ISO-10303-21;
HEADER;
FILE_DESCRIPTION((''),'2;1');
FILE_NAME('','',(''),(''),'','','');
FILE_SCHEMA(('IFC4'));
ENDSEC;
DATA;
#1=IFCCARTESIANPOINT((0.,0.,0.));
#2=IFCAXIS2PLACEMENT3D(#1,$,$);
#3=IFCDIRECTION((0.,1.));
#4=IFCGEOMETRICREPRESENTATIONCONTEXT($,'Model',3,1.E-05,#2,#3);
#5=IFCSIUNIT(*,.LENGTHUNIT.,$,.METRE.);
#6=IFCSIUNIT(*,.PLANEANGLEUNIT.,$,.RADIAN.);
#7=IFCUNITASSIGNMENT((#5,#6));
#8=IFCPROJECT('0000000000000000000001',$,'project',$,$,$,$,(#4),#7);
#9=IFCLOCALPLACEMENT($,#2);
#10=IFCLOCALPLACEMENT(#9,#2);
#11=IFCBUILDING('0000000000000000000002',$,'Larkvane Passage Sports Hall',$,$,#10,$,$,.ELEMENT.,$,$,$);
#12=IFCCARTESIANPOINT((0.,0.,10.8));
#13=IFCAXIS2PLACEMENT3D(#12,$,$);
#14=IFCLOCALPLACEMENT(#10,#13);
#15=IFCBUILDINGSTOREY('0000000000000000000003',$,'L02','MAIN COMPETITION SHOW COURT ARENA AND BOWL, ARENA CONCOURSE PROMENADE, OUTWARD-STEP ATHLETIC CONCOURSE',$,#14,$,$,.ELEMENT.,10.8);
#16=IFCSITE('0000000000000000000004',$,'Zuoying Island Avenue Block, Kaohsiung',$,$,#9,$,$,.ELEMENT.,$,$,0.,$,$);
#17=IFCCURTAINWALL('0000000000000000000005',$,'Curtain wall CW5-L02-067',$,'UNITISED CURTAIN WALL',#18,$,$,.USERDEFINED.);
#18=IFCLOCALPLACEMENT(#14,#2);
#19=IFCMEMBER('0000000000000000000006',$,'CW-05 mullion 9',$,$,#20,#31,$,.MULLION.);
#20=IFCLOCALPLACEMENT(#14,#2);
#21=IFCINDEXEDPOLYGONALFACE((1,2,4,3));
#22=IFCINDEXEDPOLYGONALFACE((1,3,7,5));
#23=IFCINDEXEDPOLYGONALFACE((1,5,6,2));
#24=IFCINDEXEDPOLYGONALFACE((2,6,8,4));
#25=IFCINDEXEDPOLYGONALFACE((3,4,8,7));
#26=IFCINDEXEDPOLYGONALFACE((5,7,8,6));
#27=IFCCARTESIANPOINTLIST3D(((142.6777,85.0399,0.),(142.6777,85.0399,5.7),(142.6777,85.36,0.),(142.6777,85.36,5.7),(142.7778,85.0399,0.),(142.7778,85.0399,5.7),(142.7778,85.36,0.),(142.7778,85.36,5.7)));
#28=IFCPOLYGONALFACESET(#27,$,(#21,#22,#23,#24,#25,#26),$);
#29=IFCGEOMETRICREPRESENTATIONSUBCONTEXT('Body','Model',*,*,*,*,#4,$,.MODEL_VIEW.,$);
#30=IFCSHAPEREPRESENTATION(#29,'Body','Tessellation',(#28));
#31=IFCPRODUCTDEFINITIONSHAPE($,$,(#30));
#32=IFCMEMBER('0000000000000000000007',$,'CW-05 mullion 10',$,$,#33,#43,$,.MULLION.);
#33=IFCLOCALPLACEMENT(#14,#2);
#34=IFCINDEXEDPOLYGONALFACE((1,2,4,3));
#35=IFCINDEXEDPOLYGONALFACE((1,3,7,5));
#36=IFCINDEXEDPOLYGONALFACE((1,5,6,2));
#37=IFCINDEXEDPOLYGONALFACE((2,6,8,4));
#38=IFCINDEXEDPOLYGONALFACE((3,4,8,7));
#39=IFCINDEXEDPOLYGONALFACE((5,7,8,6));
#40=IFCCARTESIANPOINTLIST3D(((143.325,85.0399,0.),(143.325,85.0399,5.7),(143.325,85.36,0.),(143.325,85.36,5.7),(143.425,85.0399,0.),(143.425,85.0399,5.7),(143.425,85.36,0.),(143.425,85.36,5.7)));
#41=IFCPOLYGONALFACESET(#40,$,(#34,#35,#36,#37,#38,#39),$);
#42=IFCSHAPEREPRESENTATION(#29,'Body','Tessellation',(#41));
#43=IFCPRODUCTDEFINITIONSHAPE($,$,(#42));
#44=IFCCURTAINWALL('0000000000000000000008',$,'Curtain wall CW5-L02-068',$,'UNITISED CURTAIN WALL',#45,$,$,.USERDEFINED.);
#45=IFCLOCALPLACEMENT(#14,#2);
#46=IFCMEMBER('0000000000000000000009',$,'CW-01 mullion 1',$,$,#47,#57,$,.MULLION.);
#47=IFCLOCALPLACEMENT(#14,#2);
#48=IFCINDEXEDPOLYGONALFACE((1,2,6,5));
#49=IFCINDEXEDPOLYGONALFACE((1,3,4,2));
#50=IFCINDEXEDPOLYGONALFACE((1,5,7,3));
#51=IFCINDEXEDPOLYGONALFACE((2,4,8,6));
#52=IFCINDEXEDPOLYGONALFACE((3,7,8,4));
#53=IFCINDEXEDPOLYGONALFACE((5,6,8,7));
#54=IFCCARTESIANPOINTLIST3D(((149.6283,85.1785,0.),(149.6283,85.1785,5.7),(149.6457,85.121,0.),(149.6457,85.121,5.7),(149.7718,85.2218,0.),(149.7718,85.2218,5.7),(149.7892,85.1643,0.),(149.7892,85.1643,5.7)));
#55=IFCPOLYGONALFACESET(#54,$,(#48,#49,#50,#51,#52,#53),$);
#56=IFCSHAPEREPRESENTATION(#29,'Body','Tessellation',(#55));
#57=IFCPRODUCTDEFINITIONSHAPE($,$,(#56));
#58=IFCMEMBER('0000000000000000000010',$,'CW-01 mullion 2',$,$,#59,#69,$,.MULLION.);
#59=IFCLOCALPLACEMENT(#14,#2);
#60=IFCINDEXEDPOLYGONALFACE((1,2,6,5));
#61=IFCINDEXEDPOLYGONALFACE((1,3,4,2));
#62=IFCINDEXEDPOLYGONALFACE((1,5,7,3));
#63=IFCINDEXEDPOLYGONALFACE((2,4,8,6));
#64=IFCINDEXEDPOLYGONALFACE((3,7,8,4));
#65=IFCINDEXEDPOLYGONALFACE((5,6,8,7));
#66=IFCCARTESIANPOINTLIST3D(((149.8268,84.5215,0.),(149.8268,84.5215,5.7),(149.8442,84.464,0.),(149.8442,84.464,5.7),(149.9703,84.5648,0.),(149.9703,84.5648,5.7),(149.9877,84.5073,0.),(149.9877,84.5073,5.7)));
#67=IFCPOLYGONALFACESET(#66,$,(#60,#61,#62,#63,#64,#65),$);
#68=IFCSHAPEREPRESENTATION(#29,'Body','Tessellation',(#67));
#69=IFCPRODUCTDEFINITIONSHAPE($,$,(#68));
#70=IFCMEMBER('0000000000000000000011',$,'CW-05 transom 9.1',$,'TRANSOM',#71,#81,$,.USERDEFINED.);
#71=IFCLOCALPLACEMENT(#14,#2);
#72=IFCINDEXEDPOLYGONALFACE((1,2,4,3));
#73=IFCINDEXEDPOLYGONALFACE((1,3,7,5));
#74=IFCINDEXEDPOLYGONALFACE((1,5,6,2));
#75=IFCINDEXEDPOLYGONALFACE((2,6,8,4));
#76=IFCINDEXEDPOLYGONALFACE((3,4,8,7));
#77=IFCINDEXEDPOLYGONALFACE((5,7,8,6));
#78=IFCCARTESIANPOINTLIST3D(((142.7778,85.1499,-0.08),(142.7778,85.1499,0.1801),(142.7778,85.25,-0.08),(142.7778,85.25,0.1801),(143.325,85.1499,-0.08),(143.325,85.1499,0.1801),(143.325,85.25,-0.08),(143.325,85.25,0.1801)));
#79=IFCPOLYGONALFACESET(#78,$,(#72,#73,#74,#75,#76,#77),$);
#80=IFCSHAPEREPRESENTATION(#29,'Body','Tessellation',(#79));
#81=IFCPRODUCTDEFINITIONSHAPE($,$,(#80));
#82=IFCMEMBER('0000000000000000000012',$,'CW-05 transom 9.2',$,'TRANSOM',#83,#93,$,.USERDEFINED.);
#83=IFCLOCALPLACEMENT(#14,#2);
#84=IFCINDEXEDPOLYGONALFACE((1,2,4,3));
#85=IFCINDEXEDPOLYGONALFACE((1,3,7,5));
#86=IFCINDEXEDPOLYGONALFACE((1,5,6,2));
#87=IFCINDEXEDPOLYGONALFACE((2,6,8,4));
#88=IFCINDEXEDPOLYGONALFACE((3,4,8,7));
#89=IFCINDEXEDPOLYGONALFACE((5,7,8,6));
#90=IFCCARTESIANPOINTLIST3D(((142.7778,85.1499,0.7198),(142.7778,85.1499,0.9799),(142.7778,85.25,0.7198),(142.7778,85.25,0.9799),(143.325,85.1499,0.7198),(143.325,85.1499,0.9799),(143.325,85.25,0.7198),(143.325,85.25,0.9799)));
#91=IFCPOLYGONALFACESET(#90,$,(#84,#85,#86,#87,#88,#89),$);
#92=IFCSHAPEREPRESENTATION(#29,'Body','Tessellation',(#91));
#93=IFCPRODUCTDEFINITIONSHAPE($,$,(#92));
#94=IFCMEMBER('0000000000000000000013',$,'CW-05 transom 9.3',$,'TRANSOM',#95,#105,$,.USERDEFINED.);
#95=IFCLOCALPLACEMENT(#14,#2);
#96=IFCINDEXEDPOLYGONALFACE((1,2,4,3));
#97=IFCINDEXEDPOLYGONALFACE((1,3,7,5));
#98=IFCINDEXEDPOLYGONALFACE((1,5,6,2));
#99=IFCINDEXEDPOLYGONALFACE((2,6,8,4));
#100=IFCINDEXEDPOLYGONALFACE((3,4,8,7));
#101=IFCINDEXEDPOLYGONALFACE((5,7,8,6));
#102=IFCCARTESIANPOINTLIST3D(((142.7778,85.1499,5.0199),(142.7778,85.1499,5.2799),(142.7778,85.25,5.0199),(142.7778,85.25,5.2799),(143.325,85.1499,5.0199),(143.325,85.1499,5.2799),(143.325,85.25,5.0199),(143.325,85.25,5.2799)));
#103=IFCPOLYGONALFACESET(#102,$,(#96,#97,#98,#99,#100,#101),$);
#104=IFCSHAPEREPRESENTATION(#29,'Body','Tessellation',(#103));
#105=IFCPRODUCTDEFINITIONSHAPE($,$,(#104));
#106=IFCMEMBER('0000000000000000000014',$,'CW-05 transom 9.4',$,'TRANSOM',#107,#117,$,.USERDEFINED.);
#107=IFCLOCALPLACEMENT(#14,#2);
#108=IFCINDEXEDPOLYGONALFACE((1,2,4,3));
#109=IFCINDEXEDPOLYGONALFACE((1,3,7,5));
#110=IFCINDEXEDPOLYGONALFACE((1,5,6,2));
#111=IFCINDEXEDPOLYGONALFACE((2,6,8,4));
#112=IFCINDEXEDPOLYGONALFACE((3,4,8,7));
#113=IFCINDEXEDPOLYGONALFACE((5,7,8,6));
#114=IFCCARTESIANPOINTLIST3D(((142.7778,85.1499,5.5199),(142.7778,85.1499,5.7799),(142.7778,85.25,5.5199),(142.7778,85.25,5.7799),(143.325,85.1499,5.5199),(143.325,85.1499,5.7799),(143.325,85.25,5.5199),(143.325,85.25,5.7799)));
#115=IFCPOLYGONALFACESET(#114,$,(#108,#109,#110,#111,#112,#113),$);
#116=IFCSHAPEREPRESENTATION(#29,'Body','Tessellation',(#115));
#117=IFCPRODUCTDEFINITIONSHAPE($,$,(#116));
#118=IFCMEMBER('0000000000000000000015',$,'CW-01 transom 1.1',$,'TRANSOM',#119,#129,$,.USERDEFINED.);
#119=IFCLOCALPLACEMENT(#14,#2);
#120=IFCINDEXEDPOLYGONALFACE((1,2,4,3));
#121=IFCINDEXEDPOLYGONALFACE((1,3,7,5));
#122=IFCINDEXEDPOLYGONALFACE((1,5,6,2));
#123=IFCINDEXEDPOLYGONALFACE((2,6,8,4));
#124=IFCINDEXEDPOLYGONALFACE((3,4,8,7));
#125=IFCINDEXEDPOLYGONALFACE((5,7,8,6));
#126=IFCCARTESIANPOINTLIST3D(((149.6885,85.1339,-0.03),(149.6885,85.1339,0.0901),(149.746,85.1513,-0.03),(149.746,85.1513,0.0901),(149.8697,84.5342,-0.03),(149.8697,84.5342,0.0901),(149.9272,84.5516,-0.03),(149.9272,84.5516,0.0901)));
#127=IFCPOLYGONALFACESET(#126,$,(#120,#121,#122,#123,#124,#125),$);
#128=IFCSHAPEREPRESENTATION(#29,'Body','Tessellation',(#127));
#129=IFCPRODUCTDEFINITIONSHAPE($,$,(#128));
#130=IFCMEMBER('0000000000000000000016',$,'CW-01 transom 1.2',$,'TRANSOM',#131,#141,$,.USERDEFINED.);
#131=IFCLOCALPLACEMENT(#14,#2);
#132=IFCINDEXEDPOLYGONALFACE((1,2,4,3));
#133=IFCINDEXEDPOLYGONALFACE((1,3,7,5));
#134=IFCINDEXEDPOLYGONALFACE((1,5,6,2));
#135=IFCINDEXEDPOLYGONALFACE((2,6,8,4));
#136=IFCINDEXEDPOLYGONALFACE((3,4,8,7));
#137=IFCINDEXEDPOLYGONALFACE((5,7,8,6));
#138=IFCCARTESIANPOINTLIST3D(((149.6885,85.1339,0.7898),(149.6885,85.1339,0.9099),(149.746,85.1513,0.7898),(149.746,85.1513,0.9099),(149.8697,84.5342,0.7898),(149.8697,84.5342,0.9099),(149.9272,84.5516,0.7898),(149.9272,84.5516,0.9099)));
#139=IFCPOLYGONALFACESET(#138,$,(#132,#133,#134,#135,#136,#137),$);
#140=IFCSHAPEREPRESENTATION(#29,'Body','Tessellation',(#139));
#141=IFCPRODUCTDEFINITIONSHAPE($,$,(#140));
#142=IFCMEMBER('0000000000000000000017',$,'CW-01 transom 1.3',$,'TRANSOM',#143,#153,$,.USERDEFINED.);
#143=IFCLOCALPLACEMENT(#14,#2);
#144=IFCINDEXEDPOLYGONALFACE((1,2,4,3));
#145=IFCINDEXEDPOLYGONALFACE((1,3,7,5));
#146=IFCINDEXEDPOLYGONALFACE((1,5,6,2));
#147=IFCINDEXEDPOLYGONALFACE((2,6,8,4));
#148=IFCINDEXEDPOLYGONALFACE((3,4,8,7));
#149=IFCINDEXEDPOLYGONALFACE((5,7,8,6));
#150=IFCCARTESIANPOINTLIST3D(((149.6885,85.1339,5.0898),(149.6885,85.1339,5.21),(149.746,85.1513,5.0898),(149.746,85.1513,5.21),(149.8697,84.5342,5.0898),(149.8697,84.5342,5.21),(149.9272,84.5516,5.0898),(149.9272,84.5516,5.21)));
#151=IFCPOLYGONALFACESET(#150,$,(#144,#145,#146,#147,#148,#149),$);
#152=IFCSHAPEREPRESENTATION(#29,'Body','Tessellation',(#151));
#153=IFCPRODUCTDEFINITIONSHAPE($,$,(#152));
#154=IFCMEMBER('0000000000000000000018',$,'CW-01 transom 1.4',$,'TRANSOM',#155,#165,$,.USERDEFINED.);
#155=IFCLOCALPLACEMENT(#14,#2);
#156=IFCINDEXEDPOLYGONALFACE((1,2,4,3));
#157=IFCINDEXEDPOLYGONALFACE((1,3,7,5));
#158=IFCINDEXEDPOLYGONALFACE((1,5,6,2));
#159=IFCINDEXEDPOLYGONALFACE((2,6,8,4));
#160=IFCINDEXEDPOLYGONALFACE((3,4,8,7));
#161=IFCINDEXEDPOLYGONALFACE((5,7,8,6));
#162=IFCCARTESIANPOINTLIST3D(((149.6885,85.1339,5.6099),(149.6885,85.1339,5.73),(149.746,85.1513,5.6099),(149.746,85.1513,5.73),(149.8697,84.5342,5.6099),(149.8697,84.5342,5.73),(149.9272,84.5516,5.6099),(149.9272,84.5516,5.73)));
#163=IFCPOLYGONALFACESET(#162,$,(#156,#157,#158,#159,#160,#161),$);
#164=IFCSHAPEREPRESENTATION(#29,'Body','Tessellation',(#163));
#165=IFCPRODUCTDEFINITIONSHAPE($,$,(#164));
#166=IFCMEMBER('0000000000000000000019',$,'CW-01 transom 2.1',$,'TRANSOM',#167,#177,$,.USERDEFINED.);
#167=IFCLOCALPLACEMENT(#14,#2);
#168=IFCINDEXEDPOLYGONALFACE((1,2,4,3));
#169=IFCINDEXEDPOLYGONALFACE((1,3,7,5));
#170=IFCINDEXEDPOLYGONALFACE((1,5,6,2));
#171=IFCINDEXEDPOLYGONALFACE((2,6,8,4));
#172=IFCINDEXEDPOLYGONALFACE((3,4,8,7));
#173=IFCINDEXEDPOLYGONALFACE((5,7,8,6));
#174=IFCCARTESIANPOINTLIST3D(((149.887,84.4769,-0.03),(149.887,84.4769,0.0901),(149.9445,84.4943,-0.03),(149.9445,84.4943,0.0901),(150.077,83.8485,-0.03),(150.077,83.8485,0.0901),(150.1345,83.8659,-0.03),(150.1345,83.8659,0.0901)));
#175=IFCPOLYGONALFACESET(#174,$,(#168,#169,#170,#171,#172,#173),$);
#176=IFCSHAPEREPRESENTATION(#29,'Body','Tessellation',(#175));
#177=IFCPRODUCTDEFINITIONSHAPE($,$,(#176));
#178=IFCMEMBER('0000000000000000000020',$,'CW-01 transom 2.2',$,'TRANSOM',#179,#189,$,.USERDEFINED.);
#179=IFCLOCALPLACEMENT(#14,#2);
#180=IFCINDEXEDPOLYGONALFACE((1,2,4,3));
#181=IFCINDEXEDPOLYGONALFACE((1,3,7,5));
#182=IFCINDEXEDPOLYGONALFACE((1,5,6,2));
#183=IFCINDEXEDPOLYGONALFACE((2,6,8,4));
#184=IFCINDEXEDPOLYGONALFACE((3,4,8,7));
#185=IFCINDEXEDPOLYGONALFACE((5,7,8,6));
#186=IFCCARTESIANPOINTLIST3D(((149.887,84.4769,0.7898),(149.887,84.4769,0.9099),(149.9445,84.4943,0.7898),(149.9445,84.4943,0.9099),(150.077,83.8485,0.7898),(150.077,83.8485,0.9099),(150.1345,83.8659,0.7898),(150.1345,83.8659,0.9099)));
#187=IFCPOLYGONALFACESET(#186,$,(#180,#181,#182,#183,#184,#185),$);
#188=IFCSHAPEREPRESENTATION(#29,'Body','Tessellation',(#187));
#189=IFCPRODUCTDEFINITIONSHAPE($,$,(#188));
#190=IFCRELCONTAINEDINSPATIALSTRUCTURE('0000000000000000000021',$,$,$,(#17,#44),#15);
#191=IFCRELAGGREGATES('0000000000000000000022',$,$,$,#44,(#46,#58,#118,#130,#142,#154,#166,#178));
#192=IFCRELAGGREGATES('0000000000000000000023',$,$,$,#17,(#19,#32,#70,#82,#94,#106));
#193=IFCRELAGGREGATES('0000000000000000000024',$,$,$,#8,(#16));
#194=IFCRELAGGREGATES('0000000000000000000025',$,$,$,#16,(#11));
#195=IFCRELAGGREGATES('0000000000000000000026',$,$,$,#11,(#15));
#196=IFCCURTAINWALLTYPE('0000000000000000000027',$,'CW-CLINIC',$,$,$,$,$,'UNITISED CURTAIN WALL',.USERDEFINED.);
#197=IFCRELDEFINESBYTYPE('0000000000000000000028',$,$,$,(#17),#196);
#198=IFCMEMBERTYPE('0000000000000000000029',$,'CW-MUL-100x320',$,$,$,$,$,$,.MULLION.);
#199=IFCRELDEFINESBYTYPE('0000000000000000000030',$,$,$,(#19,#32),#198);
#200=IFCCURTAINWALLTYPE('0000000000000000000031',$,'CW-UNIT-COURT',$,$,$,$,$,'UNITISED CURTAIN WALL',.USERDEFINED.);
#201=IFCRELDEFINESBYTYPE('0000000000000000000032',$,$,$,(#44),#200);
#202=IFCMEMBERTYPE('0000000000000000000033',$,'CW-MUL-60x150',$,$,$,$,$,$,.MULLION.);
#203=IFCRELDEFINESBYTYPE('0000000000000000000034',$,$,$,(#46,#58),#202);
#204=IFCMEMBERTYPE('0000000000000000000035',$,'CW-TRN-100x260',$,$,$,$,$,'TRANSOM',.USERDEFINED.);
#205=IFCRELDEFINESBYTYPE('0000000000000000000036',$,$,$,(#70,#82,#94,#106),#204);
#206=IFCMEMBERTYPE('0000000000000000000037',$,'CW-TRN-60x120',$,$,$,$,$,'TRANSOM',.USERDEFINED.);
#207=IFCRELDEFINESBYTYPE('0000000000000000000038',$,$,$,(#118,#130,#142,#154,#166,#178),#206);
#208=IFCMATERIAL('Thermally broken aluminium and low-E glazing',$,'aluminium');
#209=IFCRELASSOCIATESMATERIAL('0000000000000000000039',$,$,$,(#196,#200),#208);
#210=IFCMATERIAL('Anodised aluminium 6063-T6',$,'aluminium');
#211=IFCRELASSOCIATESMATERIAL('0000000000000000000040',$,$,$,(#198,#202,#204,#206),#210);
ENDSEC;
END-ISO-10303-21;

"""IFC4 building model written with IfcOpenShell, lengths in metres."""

from ifc_helpers import new_model, si_unit, direction, frame, origin, origin_2d, place, context, subcontext, project, spatial, rectangle, extrude, material, material_profile, profile_set, type_object, element, aggregate, save


model = new_model("IFC4")

# Units and contexts
model_context = context("Model", 3, precision=1e-05, world=origin(), true_north=direction((0.0, 1.0)))
body_context = subcontext(model_context, "Body", "Model", "MODEL_VIEW")
ifc_project = project(units=[si_unit("LENGTHUNIT", "METRE"), si_unit("PLANEANGLEUNIT", "RADIAN")], contexts=[model_context])

# Site, building, storey
site_placement = place(None, origin())
site = spatial("IfcSite", under=ifc_project, at=site_placement, Name="Zuoying Island Avenue Block, Kaohsiung", CompositionType="ELEMENT", RefElevation=0.0)
building_placement = place(site_placement, origin())
building = spatial("IfcBuilding", under=site, at=building_placement, Name="Larkvane Passage Sports Hall", CompositionType="ELEMENT")
storey_placement = place(building_placement, frame((0.0, 0.0, 10.8)))
storey = spatial("IfcBuildingStorey", under=building, at=storey_placement, Name="L02", Description="MAIN COMPETITION SHOW COURT ARENA AND BOWL, ARENA CONCOURSE PROMENADE, OUTWARD-STEP ATHLETIC CONCOURSE", CompositionType="ELEMENT", Elevation=10.8)

# Curtain walls, members
ifc_material_1 = material(Name="Thermally broken aluminium and low-E glazing", Category="aluminium")
curtain_wall_type_1 = type_object("IfcCurtainWallType", Name="CW-CLINIC", ElementType="UNITISED CURTAIN WALL", PredefinedType="USERDEFINED", material=ifc_material_1)
curtain_wall_1_placement = place(storey_placement, origin())
curtain_wall_1 = element("IfcCurtainWall", 1, at=curtain_wall_1_placement, inside=storey, type_object=curtain_wall_type_1, Name="Curtain wall CW5-L02-067", ObjectType="UNITISED CURTAIN WALL", PredefinedType="USERDEFINED")
ifc_material_2 = material(Name="Anodised aluminium 6063-T6", Category="aluminium")
ifc_material_profile_1 = material_profile(ifc_material_2, rectangle(XDim=0.1001, YDim=0.3201, at=origin_2d()), Name="ALU-MUL-100x320")
ifc_profile_set_1 = profile_set([ifc_material_profile_1], Name="Anodised aluminium 6063-T6")
member_type_1 = type_object("IfcMemberType", Name="CW-MUL-100x320", PredefinedType="MULLION", material=ifc_profile_set_1)
member_1_placement = place(storey_placement, frame((142.7278, 85.2, 0.0), z_axis=(0.0, 0.0, 1.0), x_axis=(1.0, 0.0, 0.0)))
member_1 = element("IfcMember", 2, at=member_1_placement, type_object=member_type_1, Name="CW-05 mullion 9", PredefinedType="MULLION", context=body_context, shape_type="SweptSolid", body=[
    extrude(rectangle(XDim=0.1001, YDim=0.3201, at=origin_2d()), origin(), (0.0, 0.0, 1.0), 5.7),
])
member_2_placement = place(storey_placement, frame((143.375, 85.2, 0.0), z_axis=(0.0, 0.0, 1.0), x_axis=(1.0, 0.0, 0.0)))
member_2 = element("IfcMember", 3, at=member_2_placement, type_object=member_type_1, Name="CW-05 mullion 10", PredefinedType="MULLION", context=body_context, shape_type="SweptSolid", body=[
    extrude(rectangle(XDim=0.1001, YDim=0.3201, at=origin_2d()), origin(), (0.0, 0.0, 1.0), 5.7),
])
curtain_wall_type_2 = type_object("IfcCurtainWallType", Name="CW-UNIT-COURT", ElementType="UNITISED CURTAIN WALL", PredefinedType="USERDEFINED", material=ifc_material_1)
curtain_wall_2_placement = place(storey_placement, origin())
curtain_wall_2 = element("IfcCurtainWall", 4, at=curtain_wall_2_placement, inside=storey, type_object=curtain_wall_type_2, Name="Curtain wall CW5-L02-068", ObjectType="UNITISED CURTAIN WALL", PredefinedType="USERDEFINED")
ifc_material_profile_2 = material_profile(ifc_material_2, rectangle(XDim=0.0601, YDim=0.1499, at=origin_2d()), Name="ALU-MUL-60x150")
ifc_profile_set_2 = profile_set([ifc_material_profile_2], Name="Anodised aluminium 6063-T6")
member_type_2 = type_object("IfcMemberType", Name="CW-MUL-60x150", PredefinedType="MULLION", material=ifc_profile_set_2)
member_3_placement = place(storey_placement, frame((149.7087, 85.1714, 0.0), z_axis=(0.0, 0.0, 1.0), x_axis=(0.289177, -0.957276, 0.0)))
member_3 = element("IfcMember", 5, at=member_3_placement, type_object=member_type_2, Name="CW-01 mullion 1", PredefinedType="MULLION", context=body_context, shape_type="SweptSolid", body=[
    extrude(rectangle(XDim=0.0601, YDim=0.1499, at=origin_2d()), origin(), (0.0, 0.0, 1.0), 5.7),
])
member_4_placement = place(storey_placement, frame((149.9072, 84.5144, 0.0), z_axis=(0.0, 0.0, 1.0), x_axis=(0.289177, -0.957276, 0.0)))
member_4 = element("IfcMember", 6, at=member_4_placement, type_object=member_type_2, Name="CW-01 mullion 2", PredefinedType="MULLION", context=body_context, shape_type="SweptSolid", body=[
    extrude(rectangle(XDim=0.0601, YDim=0.1499, at=origin_2d()), origin(), (0.0, 0.0, 1.0), 5.7),
])

# Members
ifc_material_profile_3 = material_profile(ifc_material_2, rectangle(XDim=0.1001, YDim=0.26, at=origin_2d()), Name="ALU-TRN-100x260")
ifc_profile_set_3 = profile_set([ifc_material_profile_3], Name="Anodised aluminium 6063-T6")
member_type_3 = type_object("IfcMemberType", Name="CW-TRN-100x260", ElementType="TRANSOM", PredefinedType="USERDEFINED", material=ifc_profile_set_3)
member_5_placement = place(storey_placement, frame((142.7778, 85.2, 0.05), z_axis=(1.0, 0.0, 0.0), x_axis=(0.0, 1.0, 0.0)))
member_5 = element("IfcMember", 7, at=member_5_placement, type_object=member_type_3, Name="CW-05 transom 9.1", ObjectType="TRANSOM", PredefinedType="USERDEFINED", context=body_context, shape_type="SweptSolid", body=[
    extrude(rectangle(XDim=0.1001, YDim=0.26, at=origin_2d()), origin(), (0.0, 0.0, 1.0), 0.5471),
])
member_6_placement = place(storey_placement, frame((142.7778, 85.2, 0.8499), z_axis=(1.0, 0.0, 0.0), x_axis=(0.0, 1.0, 0.0)))
member_6 = element("IfcMember", 8, at=member_6_placement, type_object=member_type_3, Name="CW-05 transom 9.2", ObjectType="TRANSOM", PredefinedType="USERDEFINED", context=body_context, shape_type="SweptSolid", body=[
    extrude(rectangle(XDim=0.1001, YDim=0.26, at=origin_2d()), origin(), (0.0, 0.0, 1.0), 0.5471),
])
member_7_placement = place(storey_placement, frame((142.7778, 85.2, 5.1499), z_axis=(1.0, 0.0, 0.0), x_axis=(0.0, 1.0, 0.0)))
member_7 = element("IfcMember", 9, at=member_7_placement, type_object=member_type_3, Name="CW-05 transom 9.3", ObjectType="TRANSOM", PredefinedType="USERDEFINED", context=body_context, shape_type="SweptSolid", body=[
    extrude(rectangle(XDim=0.1001, YDim=0.26, at=origin_2d()), origin(), (0.0, 0.0, 1.0), 0.5471),
])
member_8_placement = place(storey_placement, frame((142.7778, 85.2, 5.6499), z_axis=(1.0, 0.0, 0.0), x_axis=(0.0, 1.0, 0.0)))
member_8 = element("IfcMember", 10, at=member_8_placement, type_object=member_type_3, Name="CW-05 transom 9.4", ObjectType="TRANSOM", PredefinedType="USERDEFINED", context=body_context, shape_type="SweptSolid", body=[
    extrude(rectangle(XDim=0.1001, YDim=0.26, at=origin_2d()), origin(), (0.0, 0.0, 1.0), 0.5471),
])
ifc_material_profile_4 = material_profile(ifc_material_2, rectangle(XDim=0.0601, YDim=0.1201, at=origin_2d()), Name="ALU-TRN-60x120")
ifc_profile_set_4 = profile_set([ifc_material_profile_4], Name="Anodised aluminium 6063-T6")
member_type_4 = type_object("IfcMemberType", Name="CW-TRN-60x120", ElementType="TRANSOM", PredefinedType="USERDEFINED", material=ifc_profile_set_4)
member_9_placement = place(storey_placement, frame((149.7173, 85.1426, 0.03), z_axis=(0.289207, -0.957267, 0.0), x_axis=(0.957267, 0.289207, 0.0)))
member_9 = element("IfcMember", 11, at=member_9_placement, type_object=member_type_4, Name="CW-01 transom 1.1", ObjectType="TRANSOM", PredefinedType="USERDEFINED", context=body_context, shape_type="SweptSolid", body=[
    extrude(rectangle(XDim=0.0601, YDim=0.1201, at=origin_2d()), origin(), (0.0, 0.0, 1.0), 0.6265),
])
member_10_placement = place(storey_placement, frame((149.7173, 85.1426, 0.8499), z_axis=(0.289207, -0.957267, 0.0), x_axis=(0.957267, 0.289207, 0.0)))
member_10 = element("IfcMember", 12, at=member_10_placement, type_object=member_type_4, Name="CW-01 transom 1.2", ObjectType="TRANSOM", PredefinedType="USERDEFINED", context=body_context, shape_type="SweptSolid", body=[
    extrude(rectangle(XDim=0.0601, YDim=0.1201, at=origin_2d()), origin(), (0.0, 0.0, 1.0), 0.6265),
])
member_11_placement = place(storey_placement, frame((149.7173, 85.1426, 5.1499), z_axis=(0.289207, -0.957267, 0.0), x_axis=(0.957267, 0.289207, 0.0)))
member_11 = element("IfcMember", 13, at=member_11_placement, type_object=member_type_4, Name="CW-01 transom 1.3", ObjectType="TRANSOM", PredefinedType="USERDEFINED", context=body_context, shape_type="SweptSolid", body=[
    extrude(rectangle(XDim=0.0601, YDim=0.1201, at=origin_2d()), origin(), (0.0, 0.0, 1.0), 0.6265),
])
member_12_placement = place(storey_placement, frame((149.7173, 85.1426, 5.6699), z_axis=(0.289207, -0.957267, 0.0), x_axis=(0.957267, 0.289207, 0.0)))
member_12 = element("IfcMember", 14, at=member_12_placement, type_object=member_type_4, Name="CW-01 transom 1.4", ObjectType="TRANSOM", PredefinedType="USERDEFINED", context=body_context, shape_type="SweptSolid", body=[
    extrude(rectangle(XDim=0.0601, YDim=0.1201, at=origin_2d()), origin(), (0.0, 0.0, 1.0), 0.6265),
])
member_13_placement = place(storey_placement, frame((149.9158, 84.4856, 0.03), z_axis=(0.289326, -0.957231, 0.0), x_axis=(0.957231, 0.289326, 0.0)))
member_13 = element("IfcMember", 15, at=member_13_placement, type_object=member_type_4, Name="CW-01 transom 2.1", ObjectType="TRANSOM", PredefinedType="USERDEFINED", context=body_context, shape_type="SweptSolid", body=[
    extrude(rectangle(XDim=0.0601, YDim=0.1201, at=origin_2d()), origin(), (0.0, 0.0, 1.0), 0.6565),
])
member_14_placement = place(storey_placement, frame((149.9158, 84.4856, 0.8499), z_axis=(0.289326, -0.957231, 0.0), x_axis=(0.957231, 0.289326, 0.0)))
member_14 = element("IfcMember", 16, at=member_14_placement, type_object=member_type_4, Name="CW-01 transom 2.2", ObjectType="TRANSOM", PredefinedType="USERDEFINED", context=body_context, shape_type="SweptSolid", body=[
    extrude(rectangle(XDim=0.0601, YDim=0.1201, at=origin_2d()), origin(), (0.0, 0.0, 1.0), 0.6565),
])

aggregate(curtain_wall_2, [member_3, member_4, member_9, member_10, member_11, member_12, member_13, member_14])
aggregate(curtain_wall_1, [member_1, member_2, member_5, member_6, member_7, member_8])

save(model, "model.ifc")
